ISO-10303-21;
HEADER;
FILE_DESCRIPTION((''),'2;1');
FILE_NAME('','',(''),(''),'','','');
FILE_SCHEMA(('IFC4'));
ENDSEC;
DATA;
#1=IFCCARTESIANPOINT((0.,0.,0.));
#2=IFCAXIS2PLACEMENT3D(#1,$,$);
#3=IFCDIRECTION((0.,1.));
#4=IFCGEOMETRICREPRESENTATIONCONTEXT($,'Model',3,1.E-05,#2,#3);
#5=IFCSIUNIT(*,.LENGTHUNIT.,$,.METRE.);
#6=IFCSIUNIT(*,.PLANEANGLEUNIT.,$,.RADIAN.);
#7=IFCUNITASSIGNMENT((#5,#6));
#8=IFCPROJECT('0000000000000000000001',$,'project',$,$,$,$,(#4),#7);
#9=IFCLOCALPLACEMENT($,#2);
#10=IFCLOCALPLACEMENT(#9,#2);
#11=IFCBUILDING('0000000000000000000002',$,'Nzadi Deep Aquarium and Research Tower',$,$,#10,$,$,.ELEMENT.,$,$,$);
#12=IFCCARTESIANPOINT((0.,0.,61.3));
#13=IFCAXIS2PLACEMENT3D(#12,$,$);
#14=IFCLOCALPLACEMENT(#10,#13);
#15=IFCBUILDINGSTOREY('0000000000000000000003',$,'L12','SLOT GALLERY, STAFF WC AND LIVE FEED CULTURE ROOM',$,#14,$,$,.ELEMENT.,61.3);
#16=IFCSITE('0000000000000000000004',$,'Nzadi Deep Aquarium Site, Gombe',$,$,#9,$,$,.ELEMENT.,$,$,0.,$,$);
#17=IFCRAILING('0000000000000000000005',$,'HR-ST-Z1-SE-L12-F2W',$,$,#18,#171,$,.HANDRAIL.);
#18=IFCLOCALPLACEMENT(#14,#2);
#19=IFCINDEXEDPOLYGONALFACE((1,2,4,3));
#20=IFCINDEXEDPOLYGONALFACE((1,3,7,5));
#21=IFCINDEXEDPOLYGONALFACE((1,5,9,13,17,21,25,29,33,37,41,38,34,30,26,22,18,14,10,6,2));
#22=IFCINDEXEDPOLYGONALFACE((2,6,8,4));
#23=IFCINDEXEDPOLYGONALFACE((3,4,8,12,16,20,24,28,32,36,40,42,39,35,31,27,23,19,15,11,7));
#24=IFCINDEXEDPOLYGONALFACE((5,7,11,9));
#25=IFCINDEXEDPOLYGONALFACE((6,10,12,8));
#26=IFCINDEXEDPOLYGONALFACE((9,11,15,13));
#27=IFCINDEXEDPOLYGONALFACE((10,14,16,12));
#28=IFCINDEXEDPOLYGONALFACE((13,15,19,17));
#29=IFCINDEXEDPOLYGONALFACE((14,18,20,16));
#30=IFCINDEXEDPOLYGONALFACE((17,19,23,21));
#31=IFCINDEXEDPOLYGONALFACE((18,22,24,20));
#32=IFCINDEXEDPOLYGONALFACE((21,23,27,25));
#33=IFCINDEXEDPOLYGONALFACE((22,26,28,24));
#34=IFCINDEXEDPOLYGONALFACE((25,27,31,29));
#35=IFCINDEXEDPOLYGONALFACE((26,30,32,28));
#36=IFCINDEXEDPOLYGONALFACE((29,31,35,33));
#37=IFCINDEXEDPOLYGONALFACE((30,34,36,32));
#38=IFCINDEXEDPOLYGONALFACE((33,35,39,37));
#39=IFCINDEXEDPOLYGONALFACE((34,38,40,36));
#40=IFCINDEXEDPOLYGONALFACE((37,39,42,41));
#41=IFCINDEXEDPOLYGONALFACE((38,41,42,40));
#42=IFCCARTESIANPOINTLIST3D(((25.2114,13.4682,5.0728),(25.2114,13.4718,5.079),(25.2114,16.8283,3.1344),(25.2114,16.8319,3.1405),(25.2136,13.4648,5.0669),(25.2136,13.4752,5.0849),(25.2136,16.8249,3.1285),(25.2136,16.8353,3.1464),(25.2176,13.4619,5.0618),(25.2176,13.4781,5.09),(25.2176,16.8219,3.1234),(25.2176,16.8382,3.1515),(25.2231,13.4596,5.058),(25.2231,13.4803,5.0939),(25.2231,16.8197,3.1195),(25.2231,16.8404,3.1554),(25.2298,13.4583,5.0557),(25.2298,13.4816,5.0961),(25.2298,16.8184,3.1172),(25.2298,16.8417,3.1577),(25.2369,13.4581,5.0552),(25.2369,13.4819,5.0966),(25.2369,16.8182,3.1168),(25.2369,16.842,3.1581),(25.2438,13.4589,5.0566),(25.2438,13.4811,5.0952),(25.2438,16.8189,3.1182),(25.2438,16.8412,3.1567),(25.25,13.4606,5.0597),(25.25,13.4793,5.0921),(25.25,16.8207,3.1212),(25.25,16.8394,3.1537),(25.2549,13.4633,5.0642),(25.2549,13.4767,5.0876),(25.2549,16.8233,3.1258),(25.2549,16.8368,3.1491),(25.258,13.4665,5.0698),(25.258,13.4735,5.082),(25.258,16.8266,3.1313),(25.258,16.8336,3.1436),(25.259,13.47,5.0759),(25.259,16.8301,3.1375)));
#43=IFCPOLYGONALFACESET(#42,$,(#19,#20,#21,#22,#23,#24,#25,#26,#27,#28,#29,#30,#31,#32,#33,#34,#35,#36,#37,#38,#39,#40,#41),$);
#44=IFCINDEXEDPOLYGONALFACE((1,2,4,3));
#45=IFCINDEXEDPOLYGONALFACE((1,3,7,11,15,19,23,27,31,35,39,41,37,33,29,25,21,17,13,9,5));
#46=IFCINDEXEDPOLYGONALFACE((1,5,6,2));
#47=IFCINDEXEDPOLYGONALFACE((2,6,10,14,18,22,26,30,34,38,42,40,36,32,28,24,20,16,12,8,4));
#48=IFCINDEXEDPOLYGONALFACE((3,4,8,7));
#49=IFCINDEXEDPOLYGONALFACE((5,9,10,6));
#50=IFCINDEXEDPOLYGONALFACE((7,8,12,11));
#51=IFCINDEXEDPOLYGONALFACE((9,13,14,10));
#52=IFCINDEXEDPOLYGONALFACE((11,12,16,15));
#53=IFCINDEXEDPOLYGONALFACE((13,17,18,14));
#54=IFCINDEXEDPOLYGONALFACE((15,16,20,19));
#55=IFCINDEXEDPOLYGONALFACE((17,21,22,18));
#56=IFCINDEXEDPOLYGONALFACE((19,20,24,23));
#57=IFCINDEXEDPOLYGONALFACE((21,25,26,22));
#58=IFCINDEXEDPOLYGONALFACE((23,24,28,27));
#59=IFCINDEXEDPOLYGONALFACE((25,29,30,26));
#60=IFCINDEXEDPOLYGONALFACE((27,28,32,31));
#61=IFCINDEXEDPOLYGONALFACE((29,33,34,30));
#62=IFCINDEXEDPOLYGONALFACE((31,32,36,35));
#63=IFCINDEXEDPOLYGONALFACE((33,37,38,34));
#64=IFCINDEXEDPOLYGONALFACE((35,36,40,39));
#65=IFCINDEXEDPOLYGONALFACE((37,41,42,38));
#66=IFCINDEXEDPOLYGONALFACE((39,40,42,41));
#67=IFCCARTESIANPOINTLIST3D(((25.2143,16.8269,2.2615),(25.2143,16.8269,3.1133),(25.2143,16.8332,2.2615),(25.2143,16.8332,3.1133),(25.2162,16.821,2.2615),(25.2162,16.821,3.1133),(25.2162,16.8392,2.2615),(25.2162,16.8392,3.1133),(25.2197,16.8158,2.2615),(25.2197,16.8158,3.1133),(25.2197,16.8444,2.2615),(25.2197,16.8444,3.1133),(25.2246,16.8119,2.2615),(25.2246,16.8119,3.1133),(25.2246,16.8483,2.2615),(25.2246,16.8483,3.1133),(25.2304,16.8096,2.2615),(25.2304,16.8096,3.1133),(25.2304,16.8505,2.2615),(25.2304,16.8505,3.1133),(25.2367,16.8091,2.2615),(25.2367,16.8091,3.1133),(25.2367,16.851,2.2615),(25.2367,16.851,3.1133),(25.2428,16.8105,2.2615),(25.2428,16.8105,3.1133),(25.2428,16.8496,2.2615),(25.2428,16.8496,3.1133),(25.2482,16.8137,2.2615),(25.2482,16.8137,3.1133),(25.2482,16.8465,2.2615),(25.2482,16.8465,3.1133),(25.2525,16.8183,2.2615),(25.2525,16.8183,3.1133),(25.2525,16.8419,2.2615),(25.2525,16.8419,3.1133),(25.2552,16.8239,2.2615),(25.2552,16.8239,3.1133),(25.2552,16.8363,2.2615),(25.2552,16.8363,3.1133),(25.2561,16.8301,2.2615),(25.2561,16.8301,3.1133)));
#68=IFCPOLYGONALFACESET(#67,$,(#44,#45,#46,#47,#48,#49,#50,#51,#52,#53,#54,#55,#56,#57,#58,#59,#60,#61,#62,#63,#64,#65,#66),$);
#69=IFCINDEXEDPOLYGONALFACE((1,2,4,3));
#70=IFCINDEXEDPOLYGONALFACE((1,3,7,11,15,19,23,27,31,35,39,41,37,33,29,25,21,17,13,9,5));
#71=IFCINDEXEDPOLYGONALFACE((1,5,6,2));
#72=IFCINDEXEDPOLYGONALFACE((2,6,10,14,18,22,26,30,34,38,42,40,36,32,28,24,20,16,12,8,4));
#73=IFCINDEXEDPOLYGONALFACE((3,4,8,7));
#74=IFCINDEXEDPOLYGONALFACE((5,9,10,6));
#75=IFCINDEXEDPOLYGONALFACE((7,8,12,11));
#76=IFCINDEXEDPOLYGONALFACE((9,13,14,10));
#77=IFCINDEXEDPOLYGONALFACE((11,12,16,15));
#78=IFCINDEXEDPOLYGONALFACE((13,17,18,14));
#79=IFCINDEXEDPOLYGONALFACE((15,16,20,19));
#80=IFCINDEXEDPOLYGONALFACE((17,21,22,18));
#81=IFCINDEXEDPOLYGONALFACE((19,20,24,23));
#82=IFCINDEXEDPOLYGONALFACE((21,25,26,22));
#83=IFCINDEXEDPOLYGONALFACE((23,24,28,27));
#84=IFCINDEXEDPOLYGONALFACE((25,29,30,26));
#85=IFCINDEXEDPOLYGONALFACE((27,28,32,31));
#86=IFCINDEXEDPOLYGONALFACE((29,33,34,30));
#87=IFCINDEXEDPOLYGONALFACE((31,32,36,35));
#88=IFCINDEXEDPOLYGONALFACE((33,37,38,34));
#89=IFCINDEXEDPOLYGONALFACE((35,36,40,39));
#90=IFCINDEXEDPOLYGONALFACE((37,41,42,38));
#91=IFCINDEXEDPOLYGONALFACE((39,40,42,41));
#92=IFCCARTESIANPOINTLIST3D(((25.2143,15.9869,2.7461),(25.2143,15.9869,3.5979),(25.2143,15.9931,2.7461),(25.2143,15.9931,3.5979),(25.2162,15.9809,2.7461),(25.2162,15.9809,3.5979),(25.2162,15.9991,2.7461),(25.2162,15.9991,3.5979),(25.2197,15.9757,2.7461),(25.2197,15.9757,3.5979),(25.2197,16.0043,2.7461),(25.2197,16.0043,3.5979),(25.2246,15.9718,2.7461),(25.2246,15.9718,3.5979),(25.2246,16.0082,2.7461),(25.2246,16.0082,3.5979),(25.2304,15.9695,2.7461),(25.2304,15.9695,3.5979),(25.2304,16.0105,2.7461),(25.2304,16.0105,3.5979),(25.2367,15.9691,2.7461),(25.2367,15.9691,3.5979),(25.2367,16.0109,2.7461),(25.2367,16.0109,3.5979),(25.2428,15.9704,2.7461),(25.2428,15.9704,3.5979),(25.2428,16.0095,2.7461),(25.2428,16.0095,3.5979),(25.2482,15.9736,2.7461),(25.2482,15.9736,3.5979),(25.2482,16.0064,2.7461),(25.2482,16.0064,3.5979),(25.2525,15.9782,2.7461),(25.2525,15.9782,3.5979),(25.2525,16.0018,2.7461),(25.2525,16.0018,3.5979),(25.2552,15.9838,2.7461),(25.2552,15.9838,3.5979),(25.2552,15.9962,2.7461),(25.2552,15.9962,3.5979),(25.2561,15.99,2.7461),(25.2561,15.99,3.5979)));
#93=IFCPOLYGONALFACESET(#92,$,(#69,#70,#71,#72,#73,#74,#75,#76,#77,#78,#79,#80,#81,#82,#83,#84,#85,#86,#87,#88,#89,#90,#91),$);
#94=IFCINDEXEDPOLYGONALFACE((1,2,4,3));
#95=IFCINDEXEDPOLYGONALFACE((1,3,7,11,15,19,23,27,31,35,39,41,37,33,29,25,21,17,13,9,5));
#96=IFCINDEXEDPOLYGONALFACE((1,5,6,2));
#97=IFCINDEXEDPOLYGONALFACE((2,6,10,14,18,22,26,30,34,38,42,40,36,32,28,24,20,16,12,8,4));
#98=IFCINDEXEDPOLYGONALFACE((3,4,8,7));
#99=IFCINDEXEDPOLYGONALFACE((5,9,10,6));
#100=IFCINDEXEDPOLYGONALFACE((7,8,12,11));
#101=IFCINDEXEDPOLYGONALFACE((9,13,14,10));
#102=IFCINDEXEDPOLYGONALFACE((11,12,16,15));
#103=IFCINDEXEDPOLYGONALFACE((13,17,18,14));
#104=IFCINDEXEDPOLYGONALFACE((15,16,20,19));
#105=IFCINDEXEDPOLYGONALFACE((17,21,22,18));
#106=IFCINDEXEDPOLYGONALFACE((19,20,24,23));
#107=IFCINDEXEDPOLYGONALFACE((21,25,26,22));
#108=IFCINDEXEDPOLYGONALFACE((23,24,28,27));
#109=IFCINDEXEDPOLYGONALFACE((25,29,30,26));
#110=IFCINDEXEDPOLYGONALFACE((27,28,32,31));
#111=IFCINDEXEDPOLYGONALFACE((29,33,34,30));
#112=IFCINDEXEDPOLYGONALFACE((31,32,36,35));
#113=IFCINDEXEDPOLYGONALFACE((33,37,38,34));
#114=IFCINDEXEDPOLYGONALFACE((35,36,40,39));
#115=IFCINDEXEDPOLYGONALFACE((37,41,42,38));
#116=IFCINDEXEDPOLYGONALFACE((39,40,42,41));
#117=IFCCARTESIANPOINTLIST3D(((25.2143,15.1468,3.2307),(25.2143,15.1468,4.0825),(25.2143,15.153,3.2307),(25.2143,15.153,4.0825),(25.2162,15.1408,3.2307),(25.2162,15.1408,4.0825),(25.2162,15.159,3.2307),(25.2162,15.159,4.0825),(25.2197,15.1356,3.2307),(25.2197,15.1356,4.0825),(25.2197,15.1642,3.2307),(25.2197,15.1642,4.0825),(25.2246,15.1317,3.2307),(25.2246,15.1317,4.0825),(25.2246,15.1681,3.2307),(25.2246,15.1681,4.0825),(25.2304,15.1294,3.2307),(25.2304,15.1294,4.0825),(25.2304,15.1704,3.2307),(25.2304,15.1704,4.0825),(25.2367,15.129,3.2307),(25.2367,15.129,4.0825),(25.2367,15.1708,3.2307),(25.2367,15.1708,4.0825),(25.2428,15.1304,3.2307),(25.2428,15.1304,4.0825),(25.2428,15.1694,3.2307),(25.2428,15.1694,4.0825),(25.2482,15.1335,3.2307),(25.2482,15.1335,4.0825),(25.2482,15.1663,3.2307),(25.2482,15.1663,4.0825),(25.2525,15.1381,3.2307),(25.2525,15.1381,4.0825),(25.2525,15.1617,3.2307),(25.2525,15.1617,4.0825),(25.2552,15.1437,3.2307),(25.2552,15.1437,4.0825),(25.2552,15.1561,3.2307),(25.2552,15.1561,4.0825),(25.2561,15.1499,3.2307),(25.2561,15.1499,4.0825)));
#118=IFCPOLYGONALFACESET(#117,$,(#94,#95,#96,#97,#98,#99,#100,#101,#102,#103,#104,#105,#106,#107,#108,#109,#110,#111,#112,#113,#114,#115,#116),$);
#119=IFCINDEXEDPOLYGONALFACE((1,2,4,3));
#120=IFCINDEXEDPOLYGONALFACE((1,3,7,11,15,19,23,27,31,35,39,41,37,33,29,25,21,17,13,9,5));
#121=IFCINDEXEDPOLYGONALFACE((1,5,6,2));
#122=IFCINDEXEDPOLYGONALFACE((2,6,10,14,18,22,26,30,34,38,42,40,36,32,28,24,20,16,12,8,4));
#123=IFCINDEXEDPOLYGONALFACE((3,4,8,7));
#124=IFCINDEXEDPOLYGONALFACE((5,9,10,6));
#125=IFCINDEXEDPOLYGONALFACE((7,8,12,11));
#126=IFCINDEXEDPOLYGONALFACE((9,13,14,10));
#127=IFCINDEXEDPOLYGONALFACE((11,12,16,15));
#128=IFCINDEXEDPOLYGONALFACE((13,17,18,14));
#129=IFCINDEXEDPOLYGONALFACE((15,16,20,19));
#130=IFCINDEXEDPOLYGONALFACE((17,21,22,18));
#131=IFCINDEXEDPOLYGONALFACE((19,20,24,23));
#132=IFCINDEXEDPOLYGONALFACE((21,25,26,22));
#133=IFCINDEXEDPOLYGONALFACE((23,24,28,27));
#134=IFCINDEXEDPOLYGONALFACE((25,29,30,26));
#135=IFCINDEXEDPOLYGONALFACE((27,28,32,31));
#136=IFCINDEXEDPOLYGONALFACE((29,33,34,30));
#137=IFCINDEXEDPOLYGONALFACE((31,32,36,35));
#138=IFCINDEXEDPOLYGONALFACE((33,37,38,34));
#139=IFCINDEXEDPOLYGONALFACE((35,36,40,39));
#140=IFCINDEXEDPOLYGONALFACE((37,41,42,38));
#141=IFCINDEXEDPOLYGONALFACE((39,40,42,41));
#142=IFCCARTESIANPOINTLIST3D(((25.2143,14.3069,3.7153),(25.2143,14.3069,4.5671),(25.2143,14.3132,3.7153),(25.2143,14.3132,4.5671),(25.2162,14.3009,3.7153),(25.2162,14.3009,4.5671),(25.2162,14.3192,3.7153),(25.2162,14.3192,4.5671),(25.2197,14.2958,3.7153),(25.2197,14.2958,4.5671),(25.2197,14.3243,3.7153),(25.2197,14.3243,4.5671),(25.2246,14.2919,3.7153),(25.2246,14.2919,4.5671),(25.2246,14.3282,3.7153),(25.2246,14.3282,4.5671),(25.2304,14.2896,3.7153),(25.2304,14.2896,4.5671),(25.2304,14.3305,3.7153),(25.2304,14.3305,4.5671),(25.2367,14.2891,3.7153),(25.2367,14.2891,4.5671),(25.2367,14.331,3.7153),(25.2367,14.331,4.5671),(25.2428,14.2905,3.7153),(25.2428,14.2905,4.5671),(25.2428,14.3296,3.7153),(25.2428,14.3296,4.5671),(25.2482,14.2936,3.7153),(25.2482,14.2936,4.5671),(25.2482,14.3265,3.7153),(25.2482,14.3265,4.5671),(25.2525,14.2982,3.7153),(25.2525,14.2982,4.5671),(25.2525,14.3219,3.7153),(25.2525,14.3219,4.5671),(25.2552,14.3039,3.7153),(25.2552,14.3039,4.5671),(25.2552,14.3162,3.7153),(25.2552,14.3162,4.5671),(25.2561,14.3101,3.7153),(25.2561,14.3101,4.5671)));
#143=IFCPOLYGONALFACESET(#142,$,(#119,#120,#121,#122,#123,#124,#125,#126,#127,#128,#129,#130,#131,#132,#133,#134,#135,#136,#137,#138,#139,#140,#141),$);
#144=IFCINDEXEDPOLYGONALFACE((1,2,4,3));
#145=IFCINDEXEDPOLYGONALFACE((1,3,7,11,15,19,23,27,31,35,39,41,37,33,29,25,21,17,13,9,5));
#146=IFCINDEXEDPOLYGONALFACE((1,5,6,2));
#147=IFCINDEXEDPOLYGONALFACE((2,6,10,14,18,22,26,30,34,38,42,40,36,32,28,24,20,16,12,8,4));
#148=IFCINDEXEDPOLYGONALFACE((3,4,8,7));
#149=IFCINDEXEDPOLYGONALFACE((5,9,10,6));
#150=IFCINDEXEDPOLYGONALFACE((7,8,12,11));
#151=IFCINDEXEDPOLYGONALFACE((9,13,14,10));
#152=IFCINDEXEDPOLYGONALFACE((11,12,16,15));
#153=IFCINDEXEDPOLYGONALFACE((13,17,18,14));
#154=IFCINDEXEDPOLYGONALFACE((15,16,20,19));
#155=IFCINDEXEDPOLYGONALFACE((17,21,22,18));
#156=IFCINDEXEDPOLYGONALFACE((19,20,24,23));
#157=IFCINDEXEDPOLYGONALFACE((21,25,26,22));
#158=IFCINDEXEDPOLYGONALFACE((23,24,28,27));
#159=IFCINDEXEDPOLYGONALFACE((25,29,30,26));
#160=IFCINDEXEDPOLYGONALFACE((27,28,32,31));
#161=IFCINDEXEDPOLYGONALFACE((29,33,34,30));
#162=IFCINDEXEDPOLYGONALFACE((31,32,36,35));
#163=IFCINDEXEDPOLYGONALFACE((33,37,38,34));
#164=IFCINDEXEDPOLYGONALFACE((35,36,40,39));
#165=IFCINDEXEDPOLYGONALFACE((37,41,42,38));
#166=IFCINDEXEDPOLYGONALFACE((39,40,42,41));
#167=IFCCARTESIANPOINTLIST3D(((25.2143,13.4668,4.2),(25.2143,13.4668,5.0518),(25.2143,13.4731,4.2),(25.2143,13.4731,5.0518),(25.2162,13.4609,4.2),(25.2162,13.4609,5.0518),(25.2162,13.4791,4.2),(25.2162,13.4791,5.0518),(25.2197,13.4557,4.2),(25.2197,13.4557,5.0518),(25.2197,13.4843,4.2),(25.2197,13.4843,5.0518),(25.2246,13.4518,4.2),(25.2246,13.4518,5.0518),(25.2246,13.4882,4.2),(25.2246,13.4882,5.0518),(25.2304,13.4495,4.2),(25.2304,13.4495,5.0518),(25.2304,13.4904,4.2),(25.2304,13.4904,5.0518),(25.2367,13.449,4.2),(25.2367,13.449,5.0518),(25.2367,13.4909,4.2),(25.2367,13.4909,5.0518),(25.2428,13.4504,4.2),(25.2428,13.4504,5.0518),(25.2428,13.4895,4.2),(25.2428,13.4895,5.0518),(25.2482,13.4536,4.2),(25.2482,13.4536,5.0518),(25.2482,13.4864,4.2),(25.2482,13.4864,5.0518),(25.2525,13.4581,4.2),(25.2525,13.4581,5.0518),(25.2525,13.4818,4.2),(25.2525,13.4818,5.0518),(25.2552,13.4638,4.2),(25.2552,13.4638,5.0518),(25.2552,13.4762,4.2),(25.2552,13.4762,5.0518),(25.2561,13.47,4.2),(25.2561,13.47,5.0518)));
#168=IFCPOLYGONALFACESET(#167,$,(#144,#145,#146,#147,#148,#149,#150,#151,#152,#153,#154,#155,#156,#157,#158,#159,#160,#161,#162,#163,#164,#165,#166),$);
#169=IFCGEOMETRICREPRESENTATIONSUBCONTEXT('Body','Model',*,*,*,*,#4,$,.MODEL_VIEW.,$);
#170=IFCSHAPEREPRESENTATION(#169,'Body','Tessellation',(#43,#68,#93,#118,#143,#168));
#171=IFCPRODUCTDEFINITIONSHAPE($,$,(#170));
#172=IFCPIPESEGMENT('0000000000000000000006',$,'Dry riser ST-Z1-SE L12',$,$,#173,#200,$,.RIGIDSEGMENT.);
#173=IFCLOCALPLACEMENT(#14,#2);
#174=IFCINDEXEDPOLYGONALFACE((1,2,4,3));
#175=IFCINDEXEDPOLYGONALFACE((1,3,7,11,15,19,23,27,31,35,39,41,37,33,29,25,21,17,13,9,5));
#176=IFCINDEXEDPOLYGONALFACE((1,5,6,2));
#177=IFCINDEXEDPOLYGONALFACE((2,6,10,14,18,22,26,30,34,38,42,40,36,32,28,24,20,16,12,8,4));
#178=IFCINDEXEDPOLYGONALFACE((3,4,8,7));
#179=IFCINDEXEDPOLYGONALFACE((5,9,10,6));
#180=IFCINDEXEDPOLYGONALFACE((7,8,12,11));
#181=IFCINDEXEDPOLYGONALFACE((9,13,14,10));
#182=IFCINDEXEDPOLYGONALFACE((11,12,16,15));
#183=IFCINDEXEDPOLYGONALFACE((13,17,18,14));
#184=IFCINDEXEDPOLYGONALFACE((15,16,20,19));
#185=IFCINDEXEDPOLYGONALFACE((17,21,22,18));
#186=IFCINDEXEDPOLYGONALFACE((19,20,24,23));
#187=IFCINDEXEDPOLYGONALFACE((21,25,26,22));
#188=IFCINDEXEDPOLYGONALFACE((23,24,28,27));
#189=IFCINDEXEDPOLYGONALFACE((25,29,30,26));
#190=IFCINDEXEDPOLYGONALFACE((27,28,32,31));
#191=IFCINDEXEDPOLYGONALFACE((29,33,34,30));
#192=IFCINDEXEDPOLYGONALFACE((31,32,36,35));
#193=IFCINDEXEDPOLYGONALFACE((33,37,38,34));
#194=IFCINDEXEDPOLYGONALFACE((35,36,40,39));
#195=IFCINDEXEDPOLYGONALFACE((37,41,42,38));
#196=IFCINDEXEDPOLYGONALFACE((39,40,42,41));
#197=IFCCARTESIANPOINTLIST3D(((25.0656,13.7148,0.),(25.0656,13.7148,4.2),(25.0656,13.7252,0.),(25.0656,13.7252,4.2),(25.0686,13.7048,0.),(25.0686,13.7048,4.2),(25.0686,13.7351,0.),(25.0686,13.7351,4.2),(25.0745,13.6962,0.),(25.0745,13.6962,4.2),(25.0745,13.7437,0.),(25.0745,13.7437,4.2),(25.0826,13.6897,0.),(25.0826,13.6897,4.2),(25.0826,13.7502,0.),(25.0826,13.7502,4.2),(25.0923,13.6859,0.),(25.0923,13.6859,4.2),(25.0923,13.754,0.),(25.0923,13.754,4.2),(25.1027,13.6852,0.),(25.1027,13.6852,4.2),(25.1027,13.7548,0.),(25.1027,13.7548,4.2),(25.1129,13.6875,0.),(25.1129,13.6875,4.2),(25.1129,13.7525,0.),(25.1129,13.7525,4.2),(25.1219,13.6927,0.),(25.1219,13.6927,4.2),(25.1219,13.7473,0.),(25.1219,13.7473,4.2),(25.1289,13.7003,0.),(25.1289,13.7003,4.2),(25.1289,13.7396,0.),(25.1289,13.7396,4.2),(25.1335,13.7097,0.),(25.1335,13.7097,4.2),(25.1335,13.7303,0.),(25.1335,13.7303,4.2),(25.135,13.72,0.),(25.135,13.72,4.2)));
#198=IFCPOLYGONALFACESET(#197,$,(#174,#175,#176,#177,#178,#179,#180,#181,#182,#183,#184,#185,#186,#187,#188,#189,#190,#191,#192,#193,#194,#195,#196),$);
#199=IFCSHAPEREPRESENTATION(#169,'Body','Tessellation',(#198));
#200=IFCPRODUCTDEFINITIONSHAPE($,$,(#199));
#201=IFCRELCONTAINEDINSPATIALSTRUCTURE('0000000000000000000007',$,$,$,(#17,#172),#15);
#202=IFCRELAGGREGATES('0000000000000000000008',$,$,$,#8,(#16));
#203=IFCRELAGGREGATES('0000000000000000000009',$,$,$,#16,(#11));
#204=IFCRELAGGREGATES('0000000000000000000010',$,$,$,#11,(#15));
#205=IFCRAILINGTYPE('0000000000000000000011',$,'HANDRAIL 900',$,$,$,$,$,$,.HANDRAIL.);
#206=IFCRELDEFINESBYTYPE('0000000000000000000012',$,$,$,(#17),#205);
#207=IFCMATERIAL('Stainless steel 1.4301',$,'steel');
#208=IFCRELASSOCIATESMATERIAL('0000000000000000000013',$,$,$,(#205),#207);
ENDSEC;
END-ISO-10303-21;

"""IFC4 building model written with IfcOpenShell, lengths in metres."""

from ifc_helpers import new_model, si_unit, direction, frame, origin, origin_2d, place, context, subcontext, project, spatial, circle, extrude, material, type_object, element, save


model = new_model("IFC4")

# Units and contexts
model_context = context("Model", 3, precision=1e-05, world=origin(), true_north=direction((0.0, 1.0)))
body_context = subcontext(model_context, "Body", "Model", "MODEL_VIEW")
ifc_project = project(units=[si_unit("LENGTHUNIT", "METRE"), si_unit("PLANEANGLEUNIT", "RADIAN")], contexts=[model_context])

# Site, building, storey
site_placement = place(None, origin())
site = spatial("IfcSite", under=ifc_project, at=site_placement, Name="Nzadi Deep Aquarium Site, Gombe", CompositionType="ELEMENT", RefElevation=0.0)
building_placement = place(site_placement, origin())
building = spatial("IfcBuilding", under=site, at=building_placement, Name="Nzadi Deep Aquarium and Research Tower", CompositionType="ELEMENT")
storey_placement = place(building_placement, frame((0.0, 0.0, 61.3)))
storey = spatial("IfcBuildingStorey", under=building, at=storey_placement, Name="L12", Description="SLOT GALLERY, STAFF WC AND LIVE FEED CULTURE ROOM", CompositionType="ELEMENT", Elevation=61.3)

# Railing
ifc_material_1 = material(Name="Stainless steel 1.4301", Category="steel")
railing_type = type_object("IfcRailingType", Name="HANDRAIL 900", PredefinedType="HANDRAIL", material=ifc_material_1)
for number, where, name in (
    (1, (25.2351, 16.8301, 2.2615), "HR-ST-Z1-SE-L12-F2W"),
):
    element("IfcRailing", number, at=place(storey_placement, frame(where)), inside=storey, type_object=railing_type, Name=name, PredefinedType="HANDRAIL", context=body_context, shape_type="SweptSolid", body=[
        extrude(circle(Radius=0.0239, at=origin_2d()), frame((0.0, 0.0, 0.876), z_axis=(0.0, -0.866191, 0.499713), x_axis=(1.0, 0.0, 0.0)), (0.0, 0.0, 1.0), 3.8792),
        extrude(circle(Radius=0.021, at=origin_2d()), origin(), (0.0, 0.0, 1.0), 0.8518),
        extrude(circle(Radius=0.021, at=origin_2d()), frame((0.0, -0.8401, 0.4846)), (0.0, 0.0, 1.0), 0.8518),
        extrude(circle(Radius=0.021, at=origin_2d()), frame((0.0, -1.6802, 0.9692)), (0.0, 0.0, 1.0), 0.8518),
        extrude(circle(Radius=0.021, at=origin_2d()), frame((0.0, -2.52, 1.4539)), (0.0, 0.0, 1.0), 0.8518),
        extrude(circle(Radius=0.021, at=origin_2d()), frame((0.0, -3.3601, 1.9385)), (0.0, 0.0, 1.0), 0.8518),
    ])

# Pipe segment
pipe_segment_placement = place(storey_placement, frame((25.1001, 13.72, 0.0), z_axis=(0.0, 0.0, 1.0), x_axis=(1.0, 0.0, 0.0)))
element("IfcPipeSegment", 2, at=pipe_segment_placement, inside=storey, Name="Dry riser ST-Z1-SE L12", PredefinedType="RIGIDSEGMENT", context=body_context, shape_type="SweptSolid", body=[
    extrude(circle(Radius=0.0349, at=origin_2d()), origin(), (0.0, 0.0, 1.0), 4.2),
])

save(model, "model.ifc")
